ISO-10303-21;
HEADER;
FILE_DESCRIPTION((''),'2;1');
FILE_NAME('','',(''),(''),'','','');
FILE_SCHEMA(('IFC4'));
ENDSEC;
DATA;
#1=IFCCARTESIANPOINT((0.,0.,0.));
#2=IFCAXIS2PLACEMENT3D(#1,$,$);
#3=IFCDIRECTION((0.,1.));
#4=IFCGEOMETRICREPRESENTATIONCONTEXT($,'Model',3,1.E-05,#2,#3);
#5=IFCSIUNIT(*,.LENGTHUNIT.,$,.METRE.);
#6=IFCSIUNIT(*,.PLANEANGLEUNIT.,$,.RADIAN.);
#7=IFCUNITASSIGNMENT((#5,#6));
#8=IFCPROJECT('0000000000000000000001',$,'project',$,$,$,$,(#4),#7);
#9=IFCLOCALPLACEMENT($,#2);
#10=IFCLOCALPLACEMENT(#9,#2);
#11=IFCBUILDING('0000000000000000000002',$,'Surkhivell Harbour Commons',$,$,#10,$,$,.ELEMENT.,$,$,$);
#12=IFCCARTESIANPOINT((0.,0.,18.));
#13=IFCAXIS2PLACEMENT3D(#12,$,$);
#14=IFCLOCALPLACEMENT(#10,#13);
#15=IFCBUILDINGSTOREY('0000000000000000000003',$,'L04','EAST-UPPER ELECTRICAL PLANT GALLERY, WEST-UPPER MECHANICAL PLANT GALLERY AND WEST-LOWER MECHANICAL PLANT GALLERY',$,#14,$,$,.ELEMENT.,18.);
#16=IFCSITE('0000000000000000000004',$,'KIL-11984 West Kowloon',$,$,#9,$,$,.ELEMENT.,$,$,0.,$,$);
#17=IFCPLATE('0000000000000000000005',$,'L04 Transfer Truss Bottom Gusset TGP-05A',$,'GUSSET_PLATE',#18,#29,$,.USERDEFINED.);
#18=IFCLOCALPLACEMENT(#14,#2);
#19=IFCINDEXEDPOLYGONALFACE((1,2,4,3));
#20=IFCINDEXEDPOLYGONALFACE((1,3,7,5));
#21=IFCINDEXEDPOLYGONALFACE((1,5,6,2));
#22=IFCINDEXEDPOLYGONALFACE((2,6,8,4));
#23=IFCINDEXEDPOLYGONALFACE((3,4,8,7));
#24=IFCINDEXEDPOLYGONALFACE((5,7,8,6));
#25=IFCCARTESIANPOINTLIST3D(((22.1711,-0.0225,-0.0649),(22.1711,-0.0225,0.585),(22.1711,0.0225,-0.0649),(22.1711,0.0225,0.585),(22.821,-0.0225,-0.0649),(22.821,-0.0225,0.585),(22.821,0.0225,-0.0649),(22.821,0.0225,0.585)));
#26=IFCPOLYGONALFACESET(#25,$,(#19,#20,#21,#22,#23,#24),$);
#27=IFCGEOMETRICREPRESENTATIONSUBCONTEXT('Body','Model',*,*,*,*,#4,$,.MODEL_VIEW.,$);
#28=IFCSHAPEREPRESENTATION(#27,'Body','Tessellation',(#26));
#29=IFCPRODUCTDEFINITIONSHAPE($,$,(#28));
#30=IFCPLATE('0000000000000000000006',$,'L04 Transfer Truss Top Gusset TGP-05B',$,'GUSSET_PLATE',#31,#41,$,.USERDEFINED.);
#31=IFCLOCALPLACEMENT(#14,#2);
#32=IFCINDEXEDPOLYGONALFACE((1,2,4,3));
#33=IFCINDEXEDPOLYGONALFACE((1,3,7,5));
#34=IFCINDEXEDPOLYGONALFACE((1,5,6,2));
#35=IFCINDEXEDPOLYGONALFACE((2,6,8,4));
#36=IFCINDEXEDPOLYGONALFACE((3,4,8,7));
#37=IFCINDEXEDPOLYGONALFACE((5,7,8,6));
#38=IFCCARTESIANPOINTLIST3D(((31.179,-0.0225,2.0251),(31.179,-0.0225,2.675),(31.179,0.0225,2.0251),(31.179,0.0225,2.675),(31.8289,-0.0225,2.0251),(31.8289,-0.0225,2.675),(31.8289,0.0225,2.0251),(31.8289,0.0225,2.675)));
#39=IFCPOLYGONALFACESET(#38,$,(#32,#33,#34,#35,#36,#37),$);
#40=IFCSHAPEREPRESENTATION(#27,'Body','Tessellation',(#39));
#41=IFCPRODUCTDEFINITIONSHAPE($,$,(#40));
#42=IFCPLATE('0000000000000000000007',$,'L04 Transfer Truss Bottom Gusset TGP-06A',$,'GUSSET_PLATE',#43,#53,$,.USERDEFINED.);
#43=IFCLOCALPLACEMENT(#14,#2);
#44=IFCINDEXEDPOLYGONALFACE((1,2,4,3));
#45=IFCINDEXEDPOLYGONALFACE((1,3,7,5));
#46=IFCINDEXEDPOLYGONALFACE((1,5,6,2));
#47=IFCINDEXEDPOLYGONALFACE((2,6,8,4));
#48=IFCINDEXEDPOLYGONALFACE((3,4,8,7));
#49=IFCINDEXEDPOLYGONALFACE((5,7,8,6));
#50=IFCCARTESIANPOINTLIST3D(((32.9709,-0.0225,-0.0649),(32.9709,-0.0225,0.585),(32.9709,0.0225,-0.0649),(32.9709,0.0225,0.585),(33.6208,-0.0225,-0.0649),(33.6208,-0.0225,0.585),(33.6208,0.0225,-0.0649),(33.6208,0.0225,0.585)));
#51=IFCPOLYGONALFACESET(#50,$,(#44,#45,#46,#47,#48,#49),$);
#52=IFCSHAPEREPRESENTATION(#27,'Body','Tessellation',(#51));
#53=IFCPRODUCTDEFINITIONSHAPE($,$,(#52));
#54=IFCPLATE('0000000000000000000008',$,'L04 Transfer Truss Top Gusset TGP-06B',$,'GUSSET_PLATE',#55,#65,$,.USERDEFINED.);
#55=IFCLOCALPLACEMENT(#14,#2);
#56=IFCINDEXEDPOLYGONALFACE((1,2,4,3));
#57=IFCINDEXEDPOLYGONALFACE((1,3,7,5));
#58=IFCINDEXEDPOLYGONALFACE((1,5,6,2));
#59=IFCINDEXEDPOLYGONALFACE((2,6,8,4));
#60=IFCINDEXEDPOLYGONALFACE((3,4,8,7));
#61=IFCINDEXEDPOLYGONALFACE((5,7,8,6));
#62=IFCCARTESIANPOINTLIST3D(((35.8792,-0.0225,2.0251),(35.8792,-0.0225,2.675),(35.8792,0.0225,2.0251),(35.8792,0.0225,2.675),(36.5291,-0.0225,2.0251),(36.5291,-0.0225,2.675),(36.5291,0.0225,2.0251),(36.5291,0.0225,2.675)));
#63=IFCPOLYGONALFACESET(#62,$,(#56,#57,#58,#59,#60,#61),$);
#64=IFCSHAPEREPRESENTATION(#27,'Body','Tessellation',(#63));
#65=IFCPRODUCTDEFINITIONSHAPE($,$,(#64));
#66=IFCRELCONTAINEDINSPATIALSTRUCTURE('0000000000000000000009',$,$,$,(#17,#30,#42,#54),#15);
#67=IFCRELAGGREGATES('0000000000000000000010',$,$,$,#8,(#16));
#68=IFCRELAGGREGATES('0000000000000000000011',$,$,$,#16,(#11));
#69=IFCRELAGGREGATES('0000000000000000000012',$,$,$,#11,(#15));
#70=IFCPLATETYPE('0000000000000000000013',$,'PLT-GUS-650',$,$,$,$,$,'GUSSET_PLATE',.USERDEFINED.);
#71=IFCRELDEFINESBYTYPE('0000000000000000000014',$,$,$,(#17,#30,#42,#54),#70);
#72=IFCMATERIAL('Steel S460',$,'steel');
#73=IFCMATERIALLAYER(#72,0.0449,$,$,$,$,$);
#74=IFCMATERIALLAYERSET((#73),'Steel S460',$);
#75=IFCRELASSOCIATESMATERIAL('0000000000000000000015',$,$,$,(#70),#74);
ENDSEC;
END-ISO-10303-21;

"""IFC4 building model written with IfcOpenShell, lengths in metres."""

from ifc_helpers import new_model, si_unit, direction, frame, origin, origin_2d, place, context, subcontext, project, spatial, rectangle, extrude, material, layer, layer_set, type_object, element, save


model = new_model("IFC4")

# Units and contexts
model_context = context("Model", 3, precision=1e-05, world=origin(), true_north=direction((0.0, 1.0)))
body_context = subcontext(model_context, "Body", "Model", "MODEL_VIEW")
ifc_project = project(units=[si_unit("LENGTHUNIT", "METRE"), si_unit("PLANEANGLEUNIT", "RADIAN")], contexts=[model_context])

# Site, building, storey
site_placement = place(None, origin())
site = spatial("IfcSite", under=ifc_project, at=site_placement, Name="KIL-11984 West Kowloon", CompositionType="ELEMENT", RefElevation=0.0)
building_placement = place(site_placement, origin())
building = spatial("IfcBuilding", under=site, at=building_placement, Name="Surkhivell Harbour Commons", CompositionType="ELEMENT")
storey_placement = place(building_placement, frame((0.0, 0.0, 18.0)))
storey = spatial("IfcBuildingStorey", under=building, at=storey_placement, Name="L04", Description="EAST-UPPER ELECTRICAL PLANT GALLERY, WEST-UPPER MECHANICAL PLANT GALLERY AND WEST-LOWER MECHANICAL PLANT GALLERY", CompositionType="ELEMENT", Elevation=18.0)

# Shared definitions
ifc_material_1 = material(Name="Steel S460", Category="steel")

# Plates
ifc_layer_1 = layer(ifc_material_1, 0.0449)
ifc_layer_set_1 = layer_set([ifc_layer_1], Name="Steel S460")
plate_type_1 = type_object("IfcPlateType", Name="PLT-GUS-650", ElementType="GUSSET_PLATE", PredefinedType="USERDEFINED", material=ifc_layer_set_1)
for number, where, z_axis, x_axis, name in (
    (1, (22.4961, 0.0, -0.0649), (0.0, 0.0, 1.0), (1.0, 0.0, 0.0), "L04 Transfer Truss Bottom Gusset TGP-05A"),
    (2, (31.5039, 0.0, 2.0251), (0.0, 0.0, 1.0), (1.0, 0.0, 0.0), "L04 Transfer Truss Top Gusset TGP-05B"),
    (3, (33.2959, 0.0, -0.0649), (0.0, 0.0, 1.0), (1.0, 0.0, 0.0), "L04 Transfer Truss Bottom Gusset TGP-06A"),
    (4, (36.2041, 0.0, 2.0251), (0.0, 0.0, 1.0), (1.0, 0.0, 0.0), "L04 Transfer Truss Top Gusset TGP-06B"),
):
    element("IfcPlate", number, at=place(storey_placement, frame(where, z_axis=z_axis, x_axis=x_axis)), inside=storey, type_object=plate_type_1, Name=name, ObjectType="GUSSET_PLATE", PredefinedType="USERDEFINED", context=body_context, shape_type="SweptSolid", body=[
        extrude(rectangle(XDim=0.6499, YDim=0.0449, at=origin_2d()), origin(), (0.0, 0.0, 1.0), 0.6499),
    ])

save(model, "model.ifc")
